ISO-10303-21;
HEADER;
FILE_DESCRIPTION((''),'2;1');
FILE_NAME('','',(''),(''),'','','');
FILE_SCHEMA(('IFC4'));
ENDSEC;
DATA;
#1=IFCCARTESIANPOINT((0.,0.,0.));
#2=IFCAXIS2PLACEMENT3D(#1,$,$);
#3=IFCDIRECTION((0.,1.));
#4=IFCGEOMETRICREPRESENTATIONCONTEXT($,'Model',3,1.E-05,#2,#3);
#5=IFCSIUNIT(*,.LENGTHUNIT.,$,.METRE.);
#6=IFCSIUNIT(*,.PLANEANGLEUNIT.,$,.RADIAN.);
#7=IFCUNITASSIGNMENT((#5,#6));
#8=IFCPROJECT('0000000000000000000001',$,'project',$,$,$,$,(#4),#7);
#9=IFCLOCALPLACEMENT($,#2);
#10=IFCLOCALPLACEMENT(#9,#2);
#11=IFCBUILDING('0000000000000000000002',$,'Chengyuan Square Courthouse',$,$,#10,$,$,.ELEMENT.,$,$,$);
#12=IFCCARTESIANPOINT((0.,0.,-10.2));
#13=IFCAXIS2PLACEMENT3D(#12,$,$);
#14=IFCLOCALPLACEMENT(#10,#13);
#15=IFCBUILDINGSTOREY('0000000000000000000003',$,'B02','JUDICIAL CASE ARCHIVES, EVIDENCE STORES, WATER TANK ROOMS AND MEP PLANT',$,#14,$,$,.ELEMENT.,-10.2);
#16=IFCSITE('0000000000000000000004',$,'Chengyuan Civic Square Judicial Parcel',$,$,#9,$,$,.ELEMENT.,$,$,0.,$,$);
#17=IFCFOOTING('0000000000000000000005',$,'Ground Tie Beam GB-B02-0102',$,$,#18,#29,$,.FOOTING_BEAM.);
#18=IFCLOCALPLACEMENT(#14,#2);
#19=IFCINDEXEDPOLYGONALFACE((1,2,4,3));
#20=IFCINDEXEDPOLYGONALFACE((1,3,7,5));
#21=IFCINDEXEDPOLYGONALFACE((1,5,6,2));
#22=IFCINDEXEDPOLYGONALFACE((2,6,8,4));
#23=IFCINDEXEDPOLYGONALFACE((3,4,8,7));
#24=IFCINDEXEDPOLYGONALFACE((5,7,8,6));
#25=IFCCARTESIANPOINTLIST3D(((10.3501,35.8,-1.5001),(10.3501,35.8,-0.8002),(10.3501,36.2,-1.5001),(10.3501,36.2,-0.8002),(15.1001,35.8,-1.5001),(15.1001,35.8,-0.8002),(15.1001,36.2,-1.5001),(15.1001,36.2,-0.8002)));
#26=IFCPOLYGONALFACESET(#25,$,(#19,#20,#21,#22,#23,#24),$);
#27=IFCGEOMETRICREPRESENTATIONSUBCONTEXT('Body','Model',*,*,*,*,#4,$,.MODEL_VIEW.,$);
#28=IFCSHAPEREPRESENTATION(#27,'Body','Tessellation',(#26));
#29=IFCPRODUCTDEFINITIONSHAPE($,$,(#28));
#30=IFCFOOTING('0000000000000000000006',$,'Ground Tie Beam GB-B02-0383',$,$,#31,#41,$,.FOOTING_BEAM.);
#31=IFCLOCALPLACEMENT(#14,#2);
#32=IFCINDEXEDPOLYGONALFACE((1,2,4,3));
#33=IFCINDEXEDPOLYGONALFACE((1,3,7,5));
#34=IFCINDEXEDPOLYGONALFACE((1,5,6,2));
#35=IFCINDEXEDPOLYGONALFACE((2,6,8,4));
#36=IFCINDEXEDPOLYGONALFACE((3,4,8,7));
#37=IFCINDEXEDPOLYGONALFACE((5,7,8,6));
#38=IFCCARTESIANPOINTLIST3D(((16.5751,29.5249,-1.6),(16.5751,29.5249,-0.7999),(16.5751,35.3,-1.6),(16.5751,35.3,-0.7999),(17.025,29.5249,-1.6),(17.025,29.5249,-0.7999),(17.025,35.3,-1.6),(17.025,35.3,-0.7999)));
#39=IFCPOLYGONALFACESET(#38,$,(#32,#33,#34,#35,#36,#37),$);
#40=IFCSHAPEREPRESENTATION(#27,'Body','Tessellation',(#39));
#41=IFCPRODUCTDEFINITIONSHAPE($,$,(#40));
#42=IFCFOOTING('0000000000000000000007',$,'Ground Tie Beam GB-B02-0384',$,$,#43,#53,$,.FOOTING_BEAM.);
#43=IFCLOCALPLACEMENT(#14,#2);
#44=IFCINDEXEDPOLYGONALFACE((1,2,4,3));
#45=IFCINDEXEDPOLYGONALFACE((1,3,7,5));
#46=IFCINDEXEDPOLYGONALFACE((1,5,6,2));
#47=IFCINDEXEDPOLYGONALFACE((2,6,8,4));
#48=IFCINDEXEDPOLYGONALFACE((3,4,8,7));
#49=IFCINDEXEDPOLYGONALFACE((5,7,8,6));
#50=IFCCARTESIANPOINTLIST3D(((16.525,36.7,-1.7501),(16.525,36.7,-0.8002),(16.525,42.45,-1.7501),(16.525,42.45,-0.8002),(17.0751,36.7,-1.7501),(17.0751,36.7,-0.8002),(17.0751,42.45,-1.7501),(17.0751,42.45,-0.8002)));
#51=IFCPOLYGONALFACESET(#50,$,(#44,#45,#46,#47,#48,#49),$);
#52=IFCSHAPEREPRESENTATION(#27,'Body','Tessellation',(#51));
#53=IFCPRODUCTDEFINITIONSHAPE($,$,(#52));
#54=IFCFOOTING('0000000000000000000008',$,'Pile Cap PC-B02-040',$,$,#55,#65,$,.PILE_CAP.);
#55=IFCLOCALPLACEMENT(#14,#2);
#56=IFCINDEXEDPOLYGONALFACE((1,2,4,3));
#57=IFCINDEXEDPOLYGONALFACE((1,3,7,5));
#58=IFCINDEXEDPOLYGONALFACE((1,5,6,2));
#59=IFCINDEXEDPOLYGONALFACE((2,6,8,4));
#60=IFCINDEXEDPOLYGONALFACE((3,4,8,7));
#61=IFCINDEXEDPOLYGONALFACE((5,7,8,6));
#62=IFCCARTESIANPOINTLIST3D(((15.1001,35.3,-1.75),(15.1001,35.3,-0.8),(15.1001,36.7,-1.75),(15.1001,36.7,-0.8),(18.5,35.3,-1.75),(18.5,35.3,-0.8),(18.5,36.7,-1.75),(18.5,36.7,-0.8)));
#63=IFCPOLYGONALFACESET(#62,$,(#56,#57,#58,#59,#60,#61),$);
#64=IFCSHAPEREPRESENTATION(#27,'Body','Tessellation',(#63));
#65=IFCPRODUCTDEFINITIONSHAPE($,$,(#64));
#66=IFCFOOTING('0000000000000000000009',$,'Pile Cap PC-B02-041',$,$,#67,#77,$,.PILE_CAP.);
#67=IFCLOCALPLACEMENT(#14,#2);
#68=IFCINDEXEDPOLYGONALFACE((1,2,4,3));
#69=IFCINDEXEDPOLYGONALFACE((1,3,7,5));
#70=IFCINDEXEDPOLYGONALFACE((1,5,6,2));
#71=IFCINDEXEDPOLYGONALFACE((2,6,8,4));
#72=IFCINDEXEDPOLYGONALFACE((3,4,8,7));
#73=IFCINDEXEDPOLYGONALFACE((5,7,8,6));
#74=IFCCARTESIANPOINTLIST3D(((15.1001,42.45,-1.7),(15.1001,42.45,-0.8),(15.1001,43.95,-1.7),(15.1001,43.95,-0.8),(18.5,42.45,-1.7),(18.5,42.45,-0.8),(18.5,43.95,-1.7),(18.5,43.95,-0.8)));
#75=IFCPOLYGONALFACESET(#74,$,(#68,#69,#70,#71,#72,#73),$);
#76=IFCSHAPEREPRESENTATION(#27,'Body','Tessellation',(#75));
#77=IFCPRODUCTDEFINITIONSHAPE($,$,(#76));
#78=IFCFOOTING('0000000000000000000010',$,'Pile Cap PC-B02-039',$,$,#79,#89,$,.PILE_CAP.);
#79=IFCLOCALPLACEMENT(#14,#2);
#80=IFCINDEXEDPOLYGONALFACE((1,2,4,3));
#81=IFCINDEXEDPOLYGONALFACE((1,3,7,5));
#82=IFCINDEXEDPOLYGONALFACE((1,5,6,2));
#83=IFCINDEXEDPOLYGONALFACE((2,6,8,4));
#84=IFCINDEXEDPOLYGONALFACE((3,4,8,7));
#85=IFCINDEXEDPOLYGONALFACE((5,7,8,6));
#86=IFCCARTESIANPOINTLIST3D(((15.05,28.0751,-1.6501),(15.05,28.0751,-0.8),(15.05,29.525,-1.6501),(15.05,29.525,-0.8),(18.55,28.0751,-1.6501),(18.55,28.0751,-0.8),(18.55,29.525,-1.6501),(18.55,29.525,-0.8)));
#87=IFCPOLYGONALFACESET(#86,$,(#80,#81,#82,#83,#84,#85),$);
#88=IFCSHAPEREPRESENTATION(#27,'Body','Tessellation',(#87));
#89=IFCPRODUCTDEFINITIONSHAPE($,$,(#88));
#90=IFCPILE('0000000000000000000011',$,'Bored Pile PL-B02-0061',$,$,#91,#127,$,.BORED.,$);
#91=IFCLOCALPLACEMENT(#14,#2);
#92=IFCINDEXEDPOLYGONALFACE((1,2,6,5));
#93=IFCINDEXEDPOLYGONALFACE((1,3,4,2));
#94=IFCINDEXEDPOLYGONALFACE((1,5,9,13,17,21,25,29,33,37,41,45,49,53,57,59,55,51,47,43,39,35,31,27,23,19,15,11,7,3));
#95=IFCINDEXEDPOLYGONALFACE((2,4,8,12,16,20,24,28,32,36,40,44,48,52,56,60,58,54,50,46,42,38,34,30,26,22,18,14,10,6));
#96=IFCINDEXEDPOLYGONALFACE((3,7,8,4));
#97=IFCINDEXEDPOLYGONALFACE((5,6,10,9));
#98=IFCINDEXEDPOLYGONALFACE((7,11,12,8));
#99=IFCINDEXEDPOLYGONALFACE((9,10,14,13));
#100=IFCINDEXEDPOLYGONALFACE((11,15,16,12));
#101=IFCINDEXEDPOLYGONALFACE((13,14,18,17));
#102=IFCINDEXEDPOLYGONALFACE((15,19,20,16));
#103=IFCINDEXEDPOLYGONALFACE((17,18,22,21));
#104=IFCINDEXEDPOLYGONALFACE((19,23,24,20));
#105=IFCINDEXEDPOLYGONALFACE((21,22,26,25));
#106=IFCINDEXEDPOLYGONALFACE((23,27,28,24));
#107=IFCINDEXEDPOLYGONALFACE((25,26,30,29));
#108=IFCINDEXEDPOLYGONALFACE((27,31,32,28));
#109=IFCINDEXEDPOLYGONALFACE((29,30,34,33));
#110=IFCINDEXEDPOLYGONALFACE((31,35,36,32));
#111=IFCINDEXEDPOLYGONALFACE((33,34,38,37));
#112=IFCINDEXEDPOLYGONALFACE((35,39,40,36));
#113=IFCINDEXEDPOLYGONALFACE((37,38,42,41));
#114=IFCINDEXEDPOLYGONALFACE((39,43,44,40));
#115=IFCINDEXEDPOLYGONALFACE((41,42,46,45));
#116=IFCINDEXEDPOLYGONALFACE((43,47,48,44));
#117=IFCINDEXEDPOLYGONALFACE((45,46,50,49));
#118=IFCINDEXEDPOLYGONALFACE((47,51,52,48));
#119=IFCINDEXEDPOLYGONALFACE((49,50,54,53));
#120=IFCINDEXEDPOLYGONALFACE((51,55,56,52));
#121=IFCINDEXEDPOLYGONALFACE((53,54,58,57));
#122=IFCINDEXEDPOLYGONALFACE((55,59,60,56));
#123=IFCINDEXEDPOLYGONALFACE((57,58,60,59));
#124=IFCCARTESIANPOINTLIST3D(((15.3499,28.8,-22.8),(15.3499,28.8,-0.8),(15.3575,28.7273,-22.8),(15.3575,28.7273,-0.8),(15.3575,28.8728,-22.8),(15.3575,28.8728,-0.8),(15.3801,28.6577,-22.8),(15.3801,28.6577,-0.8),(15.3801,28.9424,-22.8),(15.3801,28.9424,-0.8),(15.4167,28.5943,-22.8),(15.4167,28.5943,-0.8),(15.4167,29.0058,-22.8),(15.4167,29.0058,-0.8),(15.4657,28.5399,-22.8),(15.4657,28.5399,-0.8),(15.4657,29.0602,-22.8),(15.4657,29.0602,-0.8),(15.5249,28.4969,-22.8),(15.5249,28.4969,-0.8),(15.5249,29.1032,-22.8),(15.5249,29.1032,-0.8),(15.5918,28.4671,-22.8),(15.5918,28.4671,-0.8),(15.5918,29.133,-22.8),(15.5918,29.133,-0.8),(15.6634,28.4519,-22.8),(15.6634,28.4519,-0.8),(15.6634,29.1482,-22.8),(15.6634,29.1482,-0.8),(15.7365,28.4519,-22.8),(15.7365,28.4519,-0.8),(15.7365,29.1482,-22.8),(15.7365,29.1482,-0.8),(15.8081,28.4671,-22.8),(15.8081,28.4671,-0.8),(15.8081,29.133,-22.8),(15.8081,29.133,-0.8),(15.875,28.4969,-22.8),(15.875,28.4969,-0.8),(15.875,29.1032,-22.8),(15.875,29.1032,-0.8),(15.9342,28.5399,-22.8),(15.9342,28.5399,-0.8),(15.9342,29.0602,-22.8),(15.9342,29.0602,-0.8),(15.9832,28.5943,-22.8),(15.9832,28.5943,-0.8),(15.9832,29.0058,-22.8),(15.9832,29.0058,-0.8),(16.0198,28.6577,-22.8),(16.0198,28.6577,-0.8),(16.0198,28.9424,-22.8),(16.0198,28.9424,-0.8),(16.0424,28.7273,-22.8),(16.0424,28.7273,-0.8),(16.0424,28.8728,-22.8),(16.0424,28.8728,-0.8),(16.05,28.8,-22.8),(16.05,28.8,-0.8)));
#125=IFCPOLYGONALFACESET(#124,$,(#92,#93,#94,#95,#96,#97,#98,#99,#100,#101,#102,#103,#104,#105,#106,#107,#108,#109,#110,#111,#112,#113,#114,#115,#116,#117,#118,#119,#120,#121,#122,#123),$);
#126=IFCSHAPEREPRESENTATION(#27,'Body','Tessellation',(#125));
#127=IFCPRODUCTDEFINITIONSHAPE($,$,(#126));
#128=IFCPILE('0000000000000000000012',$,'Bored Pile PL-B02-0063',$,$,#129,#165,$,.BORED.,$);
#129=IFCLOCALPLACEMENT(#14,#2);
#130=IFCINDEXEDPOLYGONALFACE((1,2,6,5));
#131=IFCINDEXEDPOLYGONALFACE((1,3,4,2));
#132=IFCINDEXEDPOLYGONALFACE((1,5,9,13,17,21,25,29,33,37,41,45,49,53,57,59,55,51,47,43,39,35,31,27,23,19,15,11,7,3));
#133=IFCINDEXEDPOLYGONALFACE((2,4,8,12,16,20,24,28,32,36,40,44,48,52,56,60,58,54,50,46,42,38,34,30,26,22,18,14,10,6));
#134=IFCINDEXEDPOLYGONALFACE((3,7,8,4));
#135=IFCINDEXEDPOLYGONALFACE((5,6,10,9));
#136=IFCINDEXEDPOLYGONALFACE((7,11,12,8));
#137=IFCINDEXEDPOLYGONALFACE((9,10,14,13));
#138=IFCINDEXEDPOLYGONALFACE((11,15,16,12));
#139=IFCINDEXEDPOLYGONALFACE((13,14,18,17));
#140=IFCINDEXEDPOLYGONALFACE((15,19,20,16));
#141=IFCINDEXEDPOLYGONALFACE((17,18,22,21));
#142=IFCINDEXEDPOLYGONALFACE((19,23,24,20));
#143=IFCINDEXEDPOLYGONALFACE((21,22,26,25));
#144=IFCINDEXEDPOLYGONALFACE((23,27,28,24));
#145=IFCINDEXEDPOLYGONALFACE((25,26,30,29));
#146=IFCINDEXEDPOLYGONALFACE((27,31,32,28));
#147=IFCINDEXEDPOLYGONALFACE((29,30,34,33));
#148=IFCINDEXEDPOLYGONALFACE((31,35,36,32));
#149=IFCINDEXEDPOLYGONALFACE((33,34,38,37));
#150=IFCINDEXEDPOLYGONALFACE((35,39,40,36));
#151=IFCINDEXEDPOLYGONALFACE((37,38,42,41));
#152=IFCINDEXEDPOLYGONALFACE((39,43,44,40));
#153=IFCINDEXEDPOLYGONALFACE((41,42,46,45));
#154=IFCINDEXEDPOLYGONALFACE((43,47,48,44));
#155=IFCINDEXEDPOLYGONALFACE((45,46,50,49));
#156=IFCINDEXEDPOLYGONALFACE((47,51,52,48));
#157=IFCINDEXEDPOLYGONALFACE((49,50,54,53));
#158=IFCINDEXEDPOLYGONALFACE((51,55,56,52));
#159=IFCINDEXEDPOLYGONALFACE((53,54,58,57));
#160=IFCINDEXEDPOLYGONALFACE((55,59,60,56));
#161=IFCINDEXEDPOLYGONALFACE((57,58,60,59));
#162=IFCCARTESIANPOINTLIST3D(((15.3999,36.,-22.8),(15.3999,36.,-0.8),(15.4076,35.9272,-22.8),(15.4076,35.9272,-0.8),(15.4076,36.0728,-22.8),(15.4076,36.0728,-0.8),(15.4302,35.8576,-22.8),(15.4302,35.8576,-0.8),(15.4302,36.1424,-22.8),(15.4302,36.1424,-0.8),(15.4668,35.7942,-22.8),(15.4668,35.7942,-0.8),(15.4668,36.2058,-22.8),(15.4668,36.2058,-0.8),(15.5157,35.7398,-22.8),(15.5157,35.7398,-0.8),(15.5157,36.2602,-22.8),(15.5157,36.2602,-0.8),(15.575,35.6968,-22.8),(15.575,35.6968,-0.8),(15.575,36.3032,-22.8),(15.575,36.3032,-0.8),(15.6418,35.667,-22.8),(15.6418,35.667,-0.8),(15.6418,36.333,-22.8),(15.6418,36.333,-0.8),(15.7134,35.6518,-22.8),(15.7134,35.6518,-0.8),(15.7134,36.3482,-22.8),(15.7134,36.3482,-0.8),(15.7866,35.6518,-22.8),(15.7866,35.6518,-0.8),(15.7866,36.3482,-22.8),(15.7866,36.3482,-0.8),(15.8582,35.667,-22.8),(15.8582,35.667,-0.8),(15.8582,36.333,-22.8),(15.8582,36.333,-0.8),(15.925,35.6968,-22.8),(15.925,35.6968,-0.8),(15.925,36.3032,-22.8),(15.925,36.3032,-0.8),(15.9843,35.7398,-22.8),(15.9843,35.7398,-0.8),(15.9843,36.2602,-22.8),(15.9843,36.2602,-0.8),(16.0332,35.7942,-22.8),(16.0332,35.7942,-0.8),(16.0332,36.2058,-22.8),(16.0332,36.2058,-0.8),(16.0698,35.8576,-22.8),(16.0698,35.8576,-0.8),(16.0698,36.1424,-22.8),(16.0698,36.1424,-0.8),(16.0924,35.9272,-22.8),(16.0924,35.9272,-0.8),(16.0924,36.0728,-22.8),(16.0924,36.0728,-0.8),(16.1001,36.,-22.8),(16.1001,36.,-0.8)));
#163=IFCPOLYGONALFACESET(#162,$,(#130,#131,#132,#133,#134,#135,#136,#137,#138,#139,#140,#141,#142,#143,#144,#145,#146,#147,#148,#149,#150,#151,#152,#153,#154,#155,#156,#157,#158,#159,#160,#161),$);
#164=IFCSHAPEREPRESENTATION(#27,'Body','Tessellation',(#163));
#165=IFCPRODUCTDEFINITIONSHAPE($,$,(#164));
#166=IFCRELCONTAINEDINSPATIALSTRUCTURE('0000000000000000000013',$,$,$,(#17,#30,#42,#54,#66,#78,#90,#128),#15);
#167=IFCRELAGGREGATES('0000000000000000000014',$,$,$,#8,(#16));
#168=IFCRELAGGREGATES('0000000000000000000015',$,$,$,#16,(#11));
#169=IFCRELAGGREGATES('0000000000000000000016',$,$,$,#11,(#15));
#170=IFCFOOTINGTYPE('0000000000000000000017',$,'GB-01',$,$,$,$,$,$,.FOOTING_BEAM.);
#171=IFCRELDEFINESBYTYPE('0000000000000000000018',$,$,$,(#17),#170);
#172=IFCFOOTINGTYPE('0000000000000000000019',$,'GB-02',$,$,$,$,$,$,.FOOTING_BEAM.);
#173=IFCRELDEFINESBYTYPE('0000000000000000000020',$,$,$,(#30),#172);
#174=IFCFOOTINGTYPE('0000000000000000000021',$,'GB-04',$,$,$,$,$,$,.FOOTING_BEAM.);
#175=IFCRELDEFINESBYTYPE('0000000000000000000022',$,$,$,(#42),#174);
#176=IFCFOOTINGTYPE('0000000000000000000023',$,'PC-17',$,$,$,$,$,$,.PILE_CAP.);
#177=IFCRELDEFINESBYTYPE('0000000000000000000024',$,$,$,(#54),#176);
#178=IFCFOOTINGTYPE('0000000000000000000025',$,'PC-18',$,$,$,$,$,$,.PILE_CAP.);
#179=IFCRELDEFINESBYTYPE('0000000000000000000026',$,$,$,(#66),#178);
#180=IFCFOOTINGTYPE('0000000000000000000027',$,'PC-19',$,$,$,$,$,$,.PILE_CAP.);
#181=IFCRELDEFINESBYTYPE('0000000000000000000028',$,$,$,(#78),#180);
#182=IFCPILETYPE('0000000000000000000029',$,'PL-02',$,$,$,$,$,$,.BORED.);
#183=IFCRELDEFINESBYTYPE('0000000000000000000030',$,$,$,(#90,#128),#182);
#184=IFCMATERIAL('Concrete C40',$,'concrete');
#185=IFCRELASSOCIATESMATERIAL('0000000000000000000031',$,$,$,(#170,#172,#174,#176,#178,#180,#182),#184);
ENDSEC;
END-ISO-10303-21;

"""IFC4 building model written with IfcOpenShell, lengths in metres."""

from ifc_helpers import new_model, si_unit, direction, frame, origin, origin_2d, place, context, subcontext, project, spatial, rectangle, circle, extrude, material, material_profile, profile_set, type_object, element, save


model = new_model("IFC4")

# Units and contexts
model_context = context("Model", 3, precision=1e-05, world=origin(), true_north=direction((0.0, 1.0)))
body_context = subcontext(model_context, "Body", "Model", "MODEL_VIEW")
ifc_project = project(units=[si_unit("LENGTHUNIT", "METRE"), si_unit("PLANEANGLEUNIT", "RADIAN")], contexts=[model_context])

# Site, building, storey
site_placement = place(None, origin())
site = spatial("IfcSite", under=ifc_project, at=site_placement, Name="Chengyuan Civic Square Judicial Parcel", CompositionType="ELEMENT", RefElevation=0.0)
building_placement = place(site_placement, origin())
building = spatial("IfcBuilding", under=site, at=building_placement, Name="Chengyuan Square Courthouse", CompositionType="ELEMENT")
storey_placement = place(building_placement, frame((0.0, 0.0, -10.2)))
storey = spatial("IfcBuildingStorey", under=building, at=storey_placement, Name="B02", Description="JUDICIAL CASE ARCHIVES, EVIDENCE STORES, WATER TANK ROOMS AND MEP PLANT", CompositionType="ELEMENT", Elevation=-10.2)

# Footings
ifc_material_1 = material(Name="Concrete C40", Category="concrete")
ifc_material_profile_1 = material_profile(ifc_material_1, rectangle(XDim=0.3999, YDim=0.7, at=origin_2d()), Name="GB-400x700")
ifc_profile_set_1 = profile_set([ifc_material_profile_1], Name="Concrete C40")
footing_type_1 = type_object("IfcFootingType", Name="GB-01", PredefinedType="FOOTING_BEAM", material=ifc_profile_set_1)
footing_1_placement = place(storey_placement, frame((10.3501, 36.0, -1.1501), z_axis=(1.0, 0.0, 0.0), x_axis=(0.0, 1.0, 0.0)))
element("IfcFooting", 1, at=footing_1_placement, inside=storey, type_object=footing_type_1, Name="Ground Tie Beam GB-B02-0102", PredefinedType="FOOTING_BEAM", context=body_context, shape_type="SweptSolid", body=[
    extrude(rectangle(XDim=0.3999, YDim=0.7, at=origin_2d()), origin(), (0.0, 0.0, 1.0), 4.75),
])
ifc_material_profile_2 = material_profile(ifc_material_1, rectangle(XDim=0.45, YDim=0.8, at=origin_2d()), Name="GB-450x800")
ifc_profile_set_2 = profile_set([ifc_material_profile_2], Name="Concrete C40")
footing_type_2 = type_object("IfcFootingType", Name="GB-02", PredefinedType="FOOTING_BEAM", material=ifc_profile_set_2)
footing_2_placement = place(storey_placement, frame((16.8, 29.5249, -1.2), z_axis=(0.0, 1.0, 0.0), x_axis=(-1.0, 0.0, 0.0)))
element("IfcFooting", 2, at=footing_2_placement, inside=storey, type_object=footing_type_2, Name="Ground Tie Beam GB-B02-0383", PredefinedType="FOOTING_BEAM", context=body_context, shape_type="SweptSolid", body=[
    extrude(rectangle(XDim=0.45, YDim=0.8, at=origin_2d()), origin(), (0.0, 0.0, 1.0), 5.7751),
])
ifc_material_profile_3 = material_profile(ifc_material_1, rectangle(XDim=0.55, YDim=0.95, at=origin_2d()), Name="GB-550x950")
ifc_profile_set_3 = profile_set([ifc_material_profile_3], Name="Concrete C40")
footing_type_3 = type_object("IfcFootingType", Name="GB-04", PredefinedType="FOOTING_BEAM", material=ifc_profile_set_3)
footing_3_placement = place(storey_placement, frame((16.8, 36.7, -1.2751), z_axis=(0.0, 1.0, 0.0), x_axis=(-1.0, 0.0, 0.0)))
element("IfcFooting", 3, at=footing_3_placement, inside=storey, type_object=footing_type_3, Name="Ground Tie Beam GB-B02-0384", PredefinedType="FOOTING_BEAM", context=body_context, shape_type="SweptSolid", body=[
    extrude(rectangle(XDim=0.55, YDim=0.95, at=origin_2d()), origin(), (0.0, 0.0, 1.0), 5.75),
])
footing_type_4 = type_object("IfcFootingType", Name="PC-17", PredefinedType="PILE_CAP", material=ifc_material_1)
footing_4_placement = place(storey_placement, frame((16.8, 36.0, -1.75), z_axis=(0.0, 0.0, 1.0), x_axis=(1.0, 0.0, 0.0)))
element("IfcFooting", 4, at=footing_4_placement, inside=storey, type_object=footing_type_4, Name="Pile Cap PC-B02-040", PredefinedType="PILE_CAP", context=body_context, shape_type="SweptSolid", body=[
    extrude(rectangle(XDim=3.3999, YDim=1.3999, at=origin_2d()), origin(), (0.0, 0.0, 1.0), 0.95),
])
footing_type_5 = type_object("IfcFootingType", Name="PC-18", PredefinedType="PILE_CAP", material=ifc_material_1)
footing_5_placement = place(storey_placement, frame((16.8, 43.2, -1.7), z_axis=(0.0, 0.0, 1.0), x_axis=(1.0, 0.0, 0.0)))
element("IfcFooting", 5, at=footing_5_placement, inside=storey, type_object=footing_type_5, Name="Pile Cap PC-B02-041", PredefinedType="PILE_CAP", context=body_context, shape_type="SweptSolid", body=[
    extrude(rectangle(XDim=3.3999, YDim=1.5, at=origin_2d()), origin(), (0.0, 0.0, 1.0), 0.8999),
])
footing_type_6 = type_object("IfcFootingType", Name="PC-19", PredefinedType="PILE_CAP", material=ifc_material_1)
footing_6_placement = place(storey_placement, frame((16.8, 28.8, -1.6501), z_axis=(0.0, 0.0, 1.0), x_axis=(1.0, 0.0, 0.0)))
element("IfcFooting", 6, at=footing_6_placement, inside=storey, type_object=footing_type_6, Name="Pile Cap PC-B02-039", PredefinedType="PILE_CAP", context=body_context, shape_type="SweptSolid", body=[
    extrude(rectangle(XDim=3.5, YDim=1.45, at=origin_2d()), origin(), (0.0, 0.0, 1.0), 0.8501),
])

# Piles
ifc_material_profile_4 = material_profile(ifc_material_1, circle(Radius=0.3501, at=origin_2d()), Name="BORED PILE D700")
ifc_profile_set_4 = profile_set([ifc_material_profile_4], Name="Concrete C40")
pile_type = type_object("IfcPileType", Name="PL-02", PredefinedType="BORED", material=ifc_profile_set_4)
for number, where, z_axis, x_axis, name in (
    (7, (15.7, 28.8, -0.8), (0.0, 0.0, -1.0), (1.0, 0.0, 0.0), "Bored Pile PL-B02-0061"),
    (8, (15.75, 36.0, -0.8), (0.0, 0.0, -1.0), (1.0, 0.0, 0.0), "Bored Pile PL-B02-0063"),
):
    element("IfcPile", number, at=place(storey_placement, frame(where, z_axis=z_axis, x_axis=x_axis)), inside=storey, type_object=pile_type, Name=name, PredefinedType="BORED", context=body_context, shape_type="SweptSolid", body=[
        extrude(circle(Radius=0.3501, at=origin_2d()), origin(), (0.0, 0.0, 1.0), 22.0),
    ])

save(model, "model.ifc")
